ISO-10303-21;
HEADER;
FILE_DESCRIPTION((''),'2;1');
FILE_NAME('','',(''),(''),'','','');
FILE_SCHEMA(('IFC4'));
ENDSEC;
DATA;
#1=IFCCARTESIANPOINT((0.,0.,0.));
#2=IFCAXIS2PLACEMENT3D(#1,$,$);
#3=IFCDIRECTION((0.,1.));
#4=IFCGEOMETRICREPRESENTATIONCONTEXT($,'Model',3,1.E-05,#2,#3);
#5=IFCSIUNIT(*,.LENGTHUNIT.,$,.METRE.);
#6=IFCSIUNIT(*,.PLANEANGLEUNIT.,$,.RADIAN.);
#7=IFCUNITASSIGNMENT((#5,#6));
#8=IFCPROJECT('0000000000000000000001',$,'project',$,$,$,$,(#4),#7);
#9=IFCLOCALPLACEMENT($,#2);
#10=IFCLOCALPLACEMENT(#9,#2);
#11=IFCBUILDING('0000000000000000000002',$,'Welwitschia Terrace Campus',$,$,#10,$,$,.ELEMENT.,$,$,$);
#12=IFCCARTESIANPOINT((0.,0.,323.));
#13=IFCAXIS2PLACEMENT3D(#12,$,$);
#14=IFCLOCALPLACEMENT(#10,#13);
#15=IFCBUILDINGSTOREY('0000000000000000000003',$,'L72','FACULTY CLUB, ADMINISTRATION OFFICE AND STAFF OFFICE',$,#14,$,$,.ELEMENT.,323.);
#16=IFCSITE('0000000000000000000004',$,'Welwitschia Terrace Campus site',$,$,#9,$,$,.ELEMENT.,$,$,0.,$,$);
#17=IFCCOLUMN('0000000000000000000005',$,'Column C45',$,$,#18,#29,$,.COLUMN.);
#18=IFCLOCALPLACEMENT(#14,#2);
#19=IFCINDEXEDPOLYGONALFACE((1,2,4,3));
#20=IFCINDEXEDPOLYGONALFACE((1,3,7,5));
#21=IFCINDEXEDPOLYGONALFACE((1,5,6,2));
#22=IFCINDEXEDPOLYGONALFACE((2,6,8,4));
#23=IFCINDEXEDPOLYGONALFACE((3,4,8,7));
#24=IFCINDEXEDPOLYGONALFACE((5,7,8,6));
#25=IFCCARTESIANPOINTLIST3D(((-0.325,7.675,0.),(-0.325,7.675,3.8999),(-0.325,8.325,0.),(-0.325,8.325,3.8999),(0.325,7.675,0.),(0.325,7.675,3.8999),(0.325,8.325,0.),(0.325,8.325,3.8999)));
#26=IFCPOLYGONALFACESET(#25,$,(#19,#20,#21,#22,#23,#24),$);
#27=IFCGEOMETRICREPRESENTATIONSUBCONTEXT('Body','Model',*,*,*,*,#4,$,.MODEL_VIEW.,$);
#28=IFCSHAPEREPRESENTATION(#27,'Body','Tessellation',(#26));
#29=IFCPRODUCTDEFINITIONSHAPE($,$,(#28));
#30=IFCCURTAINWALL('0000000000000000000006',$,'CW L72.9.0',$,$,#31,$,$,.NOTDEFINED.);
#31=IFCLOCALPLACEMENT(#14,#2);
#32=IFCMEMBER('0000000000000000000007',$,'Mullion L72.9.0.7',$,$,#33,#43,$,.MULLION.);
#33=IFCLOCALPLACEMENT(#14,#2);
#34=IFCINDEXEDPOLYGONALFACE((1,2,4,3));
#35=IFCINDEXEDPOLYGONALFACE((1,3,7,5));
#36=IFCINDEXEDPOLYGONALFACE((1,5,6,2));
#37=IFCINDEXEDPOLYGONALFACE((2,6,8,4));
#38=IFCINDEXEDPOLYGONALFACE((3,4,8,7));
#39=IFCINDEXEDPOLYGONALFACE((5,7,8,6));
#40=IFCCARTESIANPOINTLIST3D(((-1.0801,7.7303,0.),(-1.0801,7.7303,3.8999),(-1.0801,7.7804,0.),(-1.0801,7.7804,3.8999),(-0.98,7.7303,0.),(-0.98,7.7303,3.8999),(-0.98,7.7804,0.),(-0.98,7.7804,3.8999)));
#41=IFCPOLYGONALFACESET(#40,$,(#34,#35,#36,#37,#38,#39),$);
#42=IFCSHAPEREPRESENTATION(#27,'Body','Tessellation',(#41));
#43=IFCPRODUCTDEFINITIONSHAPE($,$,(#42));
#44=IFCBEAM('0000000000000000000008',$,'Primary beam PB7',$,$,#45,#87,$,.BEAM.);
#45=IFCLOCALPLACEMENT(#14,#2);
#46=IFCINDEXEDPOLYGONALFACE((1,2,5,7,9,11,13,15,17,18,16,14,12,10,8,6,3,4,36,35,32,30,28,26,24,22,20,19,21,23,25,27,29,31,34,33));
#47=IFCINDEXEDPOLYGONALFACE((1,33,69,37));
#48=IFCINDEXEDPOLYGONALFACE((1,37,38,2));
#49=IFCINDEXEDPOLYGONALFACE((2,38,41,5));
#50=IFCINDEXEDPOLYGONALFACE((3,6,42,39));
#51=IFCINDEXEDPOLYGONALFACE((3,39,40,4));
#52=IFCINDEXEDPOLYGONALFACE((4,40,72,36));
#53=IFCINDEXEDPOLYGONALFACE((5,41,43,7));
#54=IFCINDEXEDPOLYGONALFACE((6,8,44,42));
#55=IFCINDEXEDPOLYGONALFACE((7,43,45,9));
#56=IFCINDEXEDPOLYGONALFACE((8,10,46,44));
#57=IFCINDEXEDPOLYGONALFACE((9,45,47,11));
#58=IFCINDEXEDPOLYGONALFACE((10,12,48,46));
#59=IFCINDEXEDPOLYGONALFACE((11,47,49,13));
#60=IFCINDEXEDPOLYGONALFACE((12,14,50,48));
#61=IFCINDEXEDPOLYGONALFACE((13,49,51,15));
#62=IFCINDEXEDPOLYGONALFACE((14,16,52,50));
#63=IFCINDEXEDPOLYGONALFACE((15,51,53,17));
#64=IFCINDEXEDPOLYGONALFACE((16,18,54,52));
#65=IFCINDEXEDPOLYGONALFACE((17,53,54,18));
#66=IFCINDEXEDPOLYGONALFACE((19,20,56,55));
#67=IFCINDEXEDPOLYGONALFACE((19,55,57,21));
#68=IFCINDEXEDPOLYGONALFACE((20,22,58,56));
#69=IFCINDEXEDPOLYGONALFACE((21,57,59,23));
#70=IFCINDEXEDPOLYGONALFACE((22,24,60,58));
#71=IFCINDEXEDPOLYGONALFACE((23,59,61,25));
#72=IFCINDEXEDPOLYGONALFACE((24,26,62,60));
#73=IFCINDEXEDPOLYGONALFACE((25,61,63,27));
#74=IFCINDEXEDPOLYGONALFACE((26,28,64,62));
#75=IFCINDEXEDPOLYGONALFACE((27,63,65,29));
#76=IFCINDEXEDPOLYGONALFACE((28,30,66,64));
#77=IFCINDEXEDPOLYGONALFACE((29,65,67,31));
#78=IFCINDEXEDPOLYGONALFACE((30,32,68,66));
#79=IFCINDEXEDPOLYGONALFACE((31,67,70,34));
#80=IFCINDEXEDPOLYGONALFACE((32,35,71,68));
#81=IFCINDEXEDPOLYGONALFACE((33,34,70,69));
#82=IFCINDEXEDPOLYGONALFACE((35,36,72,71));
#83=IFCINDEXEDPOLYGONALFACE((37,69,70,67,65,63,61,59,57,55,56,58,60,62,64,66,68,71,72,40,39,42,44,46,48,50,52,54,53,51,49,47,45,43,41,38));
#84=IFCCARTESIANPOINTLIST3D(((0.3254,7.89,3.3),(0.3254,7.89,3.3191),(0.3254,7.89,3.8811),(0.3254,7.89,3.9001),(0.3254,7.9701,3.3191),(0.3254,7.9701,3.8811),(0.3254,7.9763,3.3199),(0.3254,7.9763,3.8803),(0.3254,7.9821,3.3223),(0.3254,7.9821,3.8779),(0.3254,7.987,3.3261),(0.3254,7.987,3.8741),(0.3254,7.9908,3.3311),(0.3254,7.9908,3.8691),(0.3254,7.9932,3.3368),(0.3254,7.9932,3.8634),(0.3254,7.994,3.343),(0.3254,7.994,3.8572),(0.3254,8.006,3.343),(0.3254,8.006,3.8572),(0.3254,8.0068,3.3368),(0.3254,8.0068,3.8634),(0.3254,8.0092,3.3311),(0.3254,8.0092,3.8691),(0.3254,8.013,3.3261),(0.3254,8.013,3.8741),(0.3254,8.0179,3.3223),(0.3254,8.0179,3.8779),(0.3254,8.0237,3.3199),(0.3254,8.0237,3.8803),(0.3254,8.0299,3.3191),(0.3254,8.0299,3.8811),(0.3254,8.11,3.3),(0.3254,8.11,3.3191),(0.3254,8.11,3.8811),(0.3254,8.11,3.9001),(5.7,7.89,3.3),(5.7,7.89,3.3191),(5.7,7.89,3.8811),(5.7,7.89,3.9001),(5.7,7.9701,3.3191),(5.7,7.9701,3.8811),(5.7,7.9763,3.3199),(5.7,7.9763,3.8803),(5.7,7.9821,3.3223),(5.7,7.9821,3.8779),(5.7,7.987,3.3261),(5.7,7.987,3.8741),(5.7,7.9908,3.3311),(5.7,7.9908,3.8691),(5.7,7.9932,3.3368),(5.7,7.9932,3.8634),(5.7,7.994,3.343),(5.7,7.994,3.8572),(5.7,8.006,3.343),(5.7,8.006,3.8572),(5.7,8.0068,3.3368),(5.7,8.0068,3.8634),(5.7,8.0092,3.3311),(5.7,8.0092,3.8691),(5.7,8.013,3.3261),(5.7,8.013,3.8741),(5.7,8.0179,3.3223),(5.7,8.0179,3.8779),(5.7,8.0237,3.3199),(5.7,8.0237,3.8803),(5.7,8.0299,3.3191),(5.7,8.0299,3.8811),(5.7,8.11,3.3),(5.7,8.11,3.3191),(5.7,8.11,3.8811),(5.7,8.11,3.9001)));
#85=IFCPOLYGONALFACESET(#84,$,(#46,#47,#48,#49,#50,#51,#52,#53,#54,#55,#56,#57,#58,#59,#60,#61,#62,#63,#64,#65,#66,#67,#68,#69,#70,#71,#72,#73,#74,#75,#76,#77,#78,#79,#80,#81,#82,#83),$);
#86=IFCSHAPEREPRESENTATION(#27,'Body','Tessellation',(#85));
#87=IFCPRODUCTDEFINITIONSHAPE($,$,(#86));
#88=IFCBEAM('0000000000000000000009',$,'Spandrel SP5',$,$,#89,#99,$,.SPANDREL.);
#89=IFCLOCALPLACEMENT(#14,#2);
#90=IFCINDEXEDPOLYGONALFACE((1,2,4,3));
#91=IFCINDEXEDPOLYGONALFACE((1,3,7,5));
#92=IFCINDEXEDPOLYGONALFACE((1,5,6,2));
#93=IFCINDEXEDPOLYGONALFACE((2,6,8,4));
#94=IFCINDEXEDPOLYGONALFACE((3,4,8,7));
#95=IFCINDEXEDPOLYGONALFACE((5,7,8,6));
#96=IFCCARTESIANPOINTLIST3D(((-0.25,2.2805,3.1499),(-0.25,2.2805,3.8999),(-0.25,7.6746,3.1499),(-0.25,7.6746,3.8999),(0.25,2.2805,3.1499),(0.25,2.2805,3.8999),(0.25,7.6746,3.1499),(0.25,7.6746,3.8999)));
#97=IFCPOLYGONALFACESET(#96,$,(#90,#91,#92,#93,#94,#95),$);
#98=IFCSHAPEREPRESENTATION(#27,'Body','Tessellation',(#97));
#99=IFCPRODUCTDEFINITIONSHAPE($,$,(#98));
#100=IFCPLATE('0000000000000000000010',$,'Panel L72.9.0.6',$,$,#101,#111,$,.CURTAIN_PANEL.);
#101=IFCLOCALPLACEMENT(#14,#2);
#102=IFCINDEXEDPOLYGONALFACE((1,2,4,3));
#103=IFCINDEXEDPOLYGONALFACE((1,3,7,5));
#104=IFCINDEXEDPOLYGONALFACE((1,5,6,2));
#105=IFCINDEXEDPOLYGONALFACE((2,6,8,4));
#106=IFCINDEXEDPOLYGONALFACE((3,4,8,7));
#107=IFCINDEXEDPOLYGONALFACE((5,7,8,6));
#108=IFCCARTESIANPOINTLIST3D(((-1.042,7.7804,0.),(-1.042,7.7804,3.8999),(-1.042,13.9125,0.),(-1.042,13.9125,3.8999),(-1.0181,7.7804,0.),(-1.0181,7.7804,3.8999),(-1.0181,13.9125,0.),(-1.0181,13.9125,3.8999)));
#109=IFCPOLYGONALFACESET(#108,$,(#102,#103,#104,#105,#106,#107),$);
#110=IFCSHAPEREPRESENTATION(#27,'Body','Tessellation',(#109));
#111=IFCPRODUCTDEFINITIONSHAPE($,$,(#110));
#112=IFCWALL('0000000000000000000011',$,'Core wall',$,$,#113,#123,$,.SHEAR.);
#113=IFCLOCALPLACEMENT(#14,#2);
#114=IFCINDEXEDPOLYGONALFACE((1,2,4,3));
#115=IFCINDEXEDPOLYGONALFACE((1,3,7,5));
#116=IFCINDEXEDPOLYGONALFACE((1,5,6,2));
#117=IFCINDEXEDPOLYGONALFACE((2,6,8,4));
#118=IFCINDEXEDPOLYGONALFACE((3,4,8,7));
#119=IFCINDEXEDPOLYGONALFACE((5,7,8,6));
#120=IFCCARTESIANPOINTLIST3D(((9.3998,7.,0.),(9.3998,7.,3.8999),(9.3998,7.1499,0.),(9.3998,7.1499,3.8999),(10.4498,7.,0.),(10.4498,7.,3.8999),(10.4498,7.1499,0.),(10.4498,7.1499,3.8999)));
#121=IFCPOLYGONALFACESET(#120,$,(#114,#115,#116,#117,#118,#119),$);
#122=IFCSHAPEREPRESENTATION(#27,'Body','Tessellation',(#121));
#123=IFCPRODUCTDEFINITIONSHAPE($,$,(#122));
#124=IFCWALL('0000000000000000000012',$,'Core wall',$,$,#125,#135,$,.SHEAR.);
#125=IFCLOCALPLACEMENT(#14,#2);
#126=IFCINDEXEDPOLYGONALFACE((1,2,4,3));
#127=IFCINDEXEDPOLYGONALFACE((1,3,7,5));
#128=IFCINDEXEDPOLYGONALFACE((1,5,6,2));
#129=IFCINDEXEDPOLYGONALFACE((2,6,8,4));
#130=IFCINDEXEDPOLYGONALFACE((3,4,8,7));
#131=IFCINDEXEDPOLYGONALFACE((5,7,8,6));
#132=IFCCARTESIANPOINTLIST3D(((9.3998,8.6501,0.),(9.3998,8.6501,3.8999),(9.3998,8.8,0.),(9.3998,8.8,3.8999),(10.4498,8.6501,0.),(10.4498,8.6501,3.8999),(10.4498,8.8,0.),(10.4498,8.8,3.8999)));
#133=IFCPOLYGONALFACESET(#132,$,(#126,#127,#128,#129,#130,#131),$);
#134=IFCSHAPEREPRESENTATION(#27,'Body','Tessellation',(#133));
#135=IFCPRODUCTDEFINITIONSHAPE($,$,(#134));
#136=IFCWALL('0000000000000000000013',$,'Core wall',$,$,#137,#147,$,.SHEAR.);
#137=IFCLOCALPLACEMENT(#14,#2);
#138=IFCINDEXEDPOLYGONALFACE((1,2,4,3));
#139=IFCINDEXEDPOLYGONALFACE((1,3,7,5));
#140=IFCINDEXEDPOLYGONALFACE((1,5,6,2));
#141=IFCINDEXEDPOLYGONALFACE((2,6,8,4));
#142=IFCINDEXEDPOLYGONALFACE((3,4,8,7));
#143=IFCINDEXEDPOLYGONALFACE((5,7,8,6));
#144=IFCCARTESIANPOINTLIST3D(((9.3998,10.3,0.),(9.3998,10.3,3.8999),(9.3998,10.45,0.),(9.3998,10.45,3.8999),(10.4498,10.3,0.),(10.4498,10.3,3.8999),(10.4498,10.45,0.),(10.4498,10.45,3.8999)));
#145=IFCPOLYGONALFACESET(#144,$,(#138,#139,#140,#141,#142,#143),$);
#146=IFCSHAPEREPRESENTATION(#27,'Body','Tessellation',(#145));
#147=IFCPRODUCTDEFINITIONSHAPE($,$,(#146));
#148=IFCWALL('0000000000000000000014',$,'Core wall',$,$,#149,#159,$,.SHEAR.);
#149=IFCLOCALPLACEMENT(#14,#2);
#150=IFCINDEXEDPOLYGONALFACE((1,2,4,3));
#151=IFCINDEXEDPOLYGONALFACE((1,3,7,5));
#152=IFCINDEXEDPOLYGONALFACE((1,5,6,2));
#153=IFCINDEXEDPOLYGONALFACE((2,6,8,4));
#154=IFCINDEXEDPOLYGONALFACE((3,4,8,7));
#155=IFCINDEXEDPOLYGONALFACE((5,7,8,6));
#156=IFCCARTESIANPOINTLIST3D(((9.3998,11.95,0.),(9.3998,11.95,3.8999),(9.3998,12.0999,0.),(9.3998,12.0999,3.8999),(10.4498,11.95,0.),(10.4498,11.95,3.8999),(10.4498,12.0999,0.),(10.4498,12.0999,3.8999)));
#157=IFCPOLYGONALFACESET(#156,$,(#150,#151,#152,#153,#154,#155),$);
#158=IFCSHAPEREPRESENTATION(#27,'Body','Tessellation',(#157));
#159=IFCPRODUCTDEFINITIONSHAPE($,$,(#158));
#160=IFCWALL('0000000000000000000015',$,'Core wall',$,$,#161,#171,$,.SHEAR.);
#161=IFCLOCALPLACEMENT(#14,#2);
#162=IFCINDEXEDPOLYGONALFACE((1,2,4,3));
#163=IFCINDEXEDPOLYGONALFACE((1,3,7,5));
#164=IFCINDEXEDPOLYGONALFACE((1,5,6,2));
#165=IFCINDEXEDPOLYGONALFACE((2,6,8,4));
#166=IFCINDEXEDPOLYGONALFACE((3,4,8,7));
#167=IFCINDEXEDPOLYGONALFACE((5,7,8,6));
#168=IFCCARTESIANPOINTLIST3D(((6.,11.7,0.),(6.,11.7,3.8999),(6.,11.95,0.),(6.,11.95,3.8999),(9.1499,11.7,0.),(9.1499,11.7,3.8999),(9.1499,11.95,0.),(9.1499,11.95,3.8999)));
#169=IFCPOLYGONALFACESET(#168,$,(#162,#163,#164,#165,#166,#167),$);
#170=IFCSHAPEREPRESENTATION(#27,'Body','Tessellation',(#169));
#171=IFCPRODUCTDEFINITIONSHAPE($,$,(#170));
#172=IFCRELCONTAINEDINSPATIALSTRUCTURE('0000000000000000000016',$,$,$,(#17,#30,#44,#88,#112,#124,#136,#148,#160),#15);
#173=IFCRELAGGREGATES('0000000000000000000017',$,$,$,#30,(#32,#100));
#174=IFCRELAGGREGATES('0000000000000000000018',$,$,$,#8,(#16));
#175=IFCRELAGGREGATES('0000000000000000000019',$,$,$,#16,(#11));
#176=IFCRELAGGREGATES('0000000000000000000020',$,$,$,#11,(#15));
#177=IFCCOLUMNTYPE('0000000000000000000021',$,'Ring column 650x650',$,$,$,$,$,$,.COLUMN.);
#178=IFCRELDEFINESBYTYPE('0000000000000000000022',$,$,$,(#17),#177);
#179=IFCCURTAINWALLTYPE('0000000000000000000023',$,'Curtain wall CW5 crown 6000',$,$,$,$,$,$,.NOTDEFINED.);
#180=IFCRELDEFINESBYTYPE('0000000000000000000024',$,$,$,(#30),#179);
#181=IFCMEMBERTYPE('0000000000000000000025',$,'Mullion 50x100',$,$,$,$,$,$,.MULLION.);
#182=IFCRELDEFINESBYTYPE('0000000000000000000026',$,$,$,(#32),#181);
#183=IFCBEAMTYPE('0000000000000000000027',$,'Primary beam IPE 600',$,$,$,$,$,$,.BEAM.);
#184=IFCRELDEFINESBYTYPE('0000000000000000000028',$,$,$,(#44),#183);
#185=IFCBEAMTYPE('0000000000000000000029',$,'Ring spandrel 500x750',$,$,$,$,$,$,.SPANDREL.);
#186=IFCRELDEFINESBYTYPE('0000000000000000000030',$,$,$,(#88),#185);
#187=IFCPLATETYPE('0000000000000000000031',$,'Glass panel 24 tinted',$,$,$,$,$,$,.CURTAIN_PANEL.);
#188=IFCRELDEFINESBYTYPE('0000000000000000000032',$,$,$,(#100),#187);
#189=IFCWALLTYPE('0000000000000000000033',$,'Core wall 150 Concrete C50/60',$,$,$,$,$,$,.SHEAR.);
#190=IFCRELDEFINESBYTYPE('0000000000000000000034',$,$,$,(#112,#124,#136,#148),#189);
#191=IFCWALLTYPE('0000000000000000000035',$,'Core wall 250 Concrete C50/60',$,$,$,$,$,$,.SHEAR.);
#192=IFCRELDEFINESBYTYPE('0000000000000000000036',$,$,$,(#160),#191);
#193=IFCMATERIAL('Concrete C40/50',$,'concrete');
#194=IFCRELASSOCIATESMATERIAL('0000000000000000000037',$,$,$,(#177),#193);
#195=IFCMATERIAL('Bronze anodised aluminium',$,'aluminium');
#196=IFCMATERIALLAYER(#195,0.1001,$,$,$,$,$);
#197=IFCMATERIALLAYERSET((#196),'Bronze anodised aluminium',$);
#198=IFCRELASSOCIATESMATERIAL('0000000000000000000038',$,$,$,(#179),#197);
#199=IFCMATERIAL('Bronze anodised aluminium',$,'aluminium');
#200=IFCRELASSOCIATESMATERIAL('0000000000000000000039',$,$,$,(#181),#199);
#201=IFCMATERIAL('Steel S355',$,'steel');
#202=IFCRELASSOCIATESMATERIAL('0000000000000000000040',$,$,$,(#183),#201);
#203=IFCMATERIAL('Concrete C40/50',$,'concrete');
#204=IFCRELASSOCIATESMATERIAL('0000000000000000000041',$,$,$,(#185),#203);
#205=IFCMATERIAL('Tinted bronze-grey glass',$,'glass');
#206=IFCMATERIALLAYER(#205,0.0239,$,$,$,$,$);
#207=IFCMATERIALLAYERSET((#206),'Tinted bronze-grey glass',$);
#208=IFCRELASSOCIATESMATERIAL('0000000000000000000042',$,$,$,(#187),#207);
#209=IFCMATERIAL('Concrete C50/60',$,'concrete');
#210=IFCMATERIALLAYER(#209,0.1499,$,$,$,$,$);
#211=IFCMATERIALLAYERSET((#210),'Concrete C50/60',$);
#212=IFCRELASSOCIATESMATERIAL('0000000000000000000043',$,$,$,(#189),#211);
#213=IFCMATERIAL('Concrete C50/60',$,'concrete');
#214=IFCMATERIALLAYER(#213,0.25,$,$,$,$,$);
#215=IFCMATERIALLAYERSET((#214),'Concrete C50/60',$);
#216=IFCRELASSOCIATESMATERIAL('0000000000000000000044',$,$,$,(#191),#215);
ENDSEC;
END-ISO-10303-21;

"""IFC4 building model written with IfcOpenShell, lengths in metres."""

from ifc_helpers import new_model, si_unit, direction, frame, frame_2d, origin, origin_2d, place, context, subcontext, project, spatial, rectangle, i_section, extrude, material, layer, layer_set, material_profile, profile_set, type_object, element, aggregate, save


model = new_model("IFC4")

# Units and contexts
model_context = context("Model", 3, precision=1e-05, world=origin(), true_north=direction((0.0, 1.0)))
body_context = subcontext(model_context, "Body", "Model", "MODEL_VIEW")
ifc_project = project(units=[si_unit("LENGTHUNIT", "METRE"), si_unit("PLANEANGLEUNIT", "RADIAN")], contexts=[model_context])

# Site, building, storey
site_placement = place(None, origin())
site = spatial("IfcSite", under=ifc_project, at=site_placement, Name="Welwitschia Terrace Campus site", CompositionType="ELEMENT", RefElevation=0.0)
building_placement = place(site_placement, origin())
building = spatial("IfcBuilding", under=site, at=building_placement, Name="Welwitschia Terrace Campus", CompositionType="ELEMENT")
storey_placement = place(building_placement, frame((0.0, 0.0, 323.0)))
storey = spatial("IfcBuildingStorey", under=building, at=storey_placement, Name="L72", Description="FACULTY CLUB, ADMINISTRATION OFFICE AND STAFF OFFICE", CompositionType="ELEMENT", Elevation=323.0)

# Column
ifc_material_1 = material(Name="Concrete C40/50", Category="concrete")
ifc_material_profile_1 = material_profile(ifc_material_1, rectangle(XDim=0.6499, YDim=0.6499, at=origin_2d()))
ifc_profile_set_1 = profile_set([ifc_material_profile_1], Name="Concrete C40/50")
column_type = type_object("IfcColumnType", Name="Ring column 650x650", PredefinedType="COLUMN", material=ifc_profile_set_1)
column_placement = place(storey_placement, frame((0.0, 8.0, 0.0), z_axis=(0.0, 0.0, 1.0), x_axis=(1.0, 0.0, 0.0)))
element("IfcColumn", 1, at=column_placement, inside=storey, type_object=column_type, Name="Column C45", PredefinedType="COLUMN", context=body_context, shape_type="SweptSolid", body=[
    extrude(rectangle(XDim=0.6499, YDim=0.6499, at=origin_2d()), origin(), (0.0, 0.0, 1.0), 3.8999),
])

# Curtain wall, member
ifc_material_2 = material(Name="Bronze anodised aluminium", Category="aluminium")
ifc_layer_1 = layer(ifc_material_2, 0.1001)
ifc_layer_set_1 = layer_set([ifc_layer_1], Name="Bronze anodised aluminium")
curtain_wall_type = type_object("IfcCurtainWallType", Name="Curtain wall CW5 crown 6000", PredefinedType="NOTDEFINED", material=ifc_layer_set_1)
curtain_wall_placement = place(storey_placement, origin())
curtain_wall = element("IfcCurtainWall", 2, at=curtain_wall_placement, inside=storey, type_object=curtain_wall_type, Name="CW L72.9.0", PredefinedType="NOTDEFINED")
ifc_material_3 = material(Name="Bronze anodised aluminium", Category="aluminium")
ifc_material_profile_2 = material_profile(ifc_material_3, rectangle(XDim=0.1001, YDim=0.05, at=origin_2d()))
ifc_profile_set_2 = profile_set([ifc_material_profile_2], Name="Bronze anodised aluminium")
member_type = type_object("IfcMemberType", Name="Mullion 50x100", PredefinedType="MULLION", material=ifc_profile_set_2)
member_placement = place(storey_placement, frame((-1.03, 7.7554, 0.0), z_axis=(0.0, 0.0, 1.0), x_axis=(1.0, 0.0, 0.0)))
member = element("IfcMember", 3, at=member_placement, type_object=member_type, Name="Mullion L72.9.0.7", PredefinedType="MULLION", context=body_context, shape_type="SweptSolid", body=[
    extrude(rectangle(XDim=0.1001, YDim=0.05, at=origin_2d()), origin(), (0.0, 0.0, 1.0), 3.8999),
])

# Beams
ifc_material_4 = material(Name="Steel S355", Category="steel")
ifc_material_profile_3 = material_profile(ifc_material_4, i_section(OverallWidth=0.22, OverallDepth=0.6001, WebThickness=0.012, FlangeThickness=0.019, FilletRadius=0.0239, at=origin_2d()))
ifc_profile_set_3 = profile_set([ifc_material_profile_3], Name="Steel S355")
beam_type_1 = type_object("IfcBeamType", Name="Primary beam IPE 600", PredefinedType="BEAM", material=ifc_profile_set_3)
beam_1_placement = place(storey_placement, frame((0.3254, 8.0, 3.6001), z_axis=(1.0, 0.0, 0.0), x_axis=(0.0, 1.0, 0.0)))
element("IfcBeam", 4, at=beam_1_placement, inside=storey, type_object=beam_type_1, Name="Primary beam PB7", PredefinedType="BEAM", context=body_context, shape_type="SweptSolid", body=[
    extrude(i_section(OverallWidth=0.22, OverallDepth=0.6001, WebThickness=0.012, FlangeThickness=0.019, FilletRadius=0.0239, at=origin_2d()), origin(), (0.0, 0.0, 1.0), 5.3745),
])
ifc_material_5 = material(Name="Concrete C40/50", Category="concrete")
ifc_material_profile_4 = material_profile(ifc_material_5, rectangle(XDim=0.5, YDim=0.75, at=origin_2d()))
ifc_profile_set_4 = profile_set([ifc_material_profile_4], Name="Concrete C40/50")
beam_type_2 = type_object("IfcBeamType", Name="Ring spandrel 500x750", PredefinedType="SPANDREL", material=ifc_profile_set_4)
beam_2_placement = place(storey_placement, frame((0.0, 7.6746, 3.5249), z_axis=(0.0, -1.0, 0.0), x_axis=(1.0, 0.0, 0.0)))
element("IfcBeam", 5, at=beam_2_placement, inside=storey, type_object=beam_type_2, Name="Spandrel SP5", PredefinedType="SPANDREL", context=body_context, shape_type="SweptSolid", body=[
    extrude(rectangle(XDim=0.5, YDim=0.75, at=origin_2d()), origin(), (0.0, 0.0, 1.0), 5.394),
])

# Plate
ifc_material_6 = material(Name="Tinted bronze-grey glass", Category="glass")
ifc_layer_2 = layer(ifc_material_6, 0.0239)
ifc_layer_set_2 = layer_set([ifc_layer_2], Name="Tinted bronze-grey glass")
plate_type = type_object("IfcPlateType", Name="Glass panel 24 tinted", PredefinedType="CURTAIN_PANEL", material=ifc_layer_set_2)
plate_placement = place(storey_placement, frame((-1.03, 10.8464, 0.0), z_axis=(0.0, 0.0, 1.0), x_axis=(0.0, -1.0, 0.0)))
plate = element("IfcPlate", 6, at=plate_placement, type_object=plate_type, Name="Panel L72.9.0.6", PredefinedType="CURTAIN_PANEL", context=body_context, shape_type="SweptSolid", body=[
    extrude(rectangle(XDim=6.1321, YDim=0.0239, at=origin_2d()), origin(), (0.0, 0.0, 1.0), 3.8999),
])
aggregate(curtain_wall, [member, plate])

# Walls
ifc_material_7 = material(Name="Concrete C50/60", Category="concrete")
ifc_layer_3 = layer(ifc_material_7, 0.1499)
ifc_layer_set_3 = layer_set([ifc_layer_3], Name="Concrete C50/60")
wall_type_1 = type_object("IfcWallType", Name="Core wall 150 Concrete C50/60", PredefinedType="SHEAR", material=ifc_layer_set_3)
for number, where, z_axis, x_axis, name in (
    (7, (9.3999, 7.075, 0.0), (0.0, 0.0, 1.0), (1.0, 0.0, 0.0), "Core wall"),
    (8, (9.3999, 8.7251, 0.0), (0.0, 0.0, 1.0), (1.0, 0.0, 0.0), "Core wall"),
    (9, (9.3999, 10.375, 0.0), (0.0, 0.0, 1.0), (1.0, 0.0, 0.0), "Core wall"),
    (10, (9.3999, 12.0249, 0.0), (0.0, 0.0, 1.0), (1.0, 0.0, 0.0), "Core wall"),
):
    element("IfcWall", number, at=place(storey_placement, frame(where, z_axis=z_axis, x_axis=x_axis)), inside=storey, type_object=wall_type_1, Name=name, PredefinedType="SHEAR", context=body_context, shape_type="SweptSolid", body=[
        extrude(rectangle(XDim=1.05, YDim=0.1499, at=frame_2d((0.5249, 0.0))), origin(), (0.0, 0.0, 1.0), 3.8999),
    ])
ifc_material_8 = material(Name="Concrete C50/60", Category="concrete")
ifc_layer_4 = layer(ifc_material_8, 0.25)
ifc_layer_set_4 = layer_set([ifc_layer_4], Name="Concrete C50/60")
wall_type_2 = type_object("IfcWallType", Name="Core wall 250 Concrete C50/60", PredefinedType="SHEAR", material=ifc_layer_set_4)
wall_1_placement = place(storey_placement, frame((6.0, 11.825, 0.0), z_axis=(0.0, 0.0, 1.0), x_axis=(1.0, 0.0, 0.0)))
element("IfcWall", 11, at=wall_1_placement, inside=storey, type_object=wall_type_2, Name="Core wall", PredefinedType="SHEAR", context=body_context, shape_type="SweptSolid", body=[
    extrude(rectangle(XDim=3.1499, YDim=0.25, at=frame_2d((1.575, 0.0))), origin(), (0.0, 0.0, 1.0), 3.8999),
])

save(model, "model.ifc")
